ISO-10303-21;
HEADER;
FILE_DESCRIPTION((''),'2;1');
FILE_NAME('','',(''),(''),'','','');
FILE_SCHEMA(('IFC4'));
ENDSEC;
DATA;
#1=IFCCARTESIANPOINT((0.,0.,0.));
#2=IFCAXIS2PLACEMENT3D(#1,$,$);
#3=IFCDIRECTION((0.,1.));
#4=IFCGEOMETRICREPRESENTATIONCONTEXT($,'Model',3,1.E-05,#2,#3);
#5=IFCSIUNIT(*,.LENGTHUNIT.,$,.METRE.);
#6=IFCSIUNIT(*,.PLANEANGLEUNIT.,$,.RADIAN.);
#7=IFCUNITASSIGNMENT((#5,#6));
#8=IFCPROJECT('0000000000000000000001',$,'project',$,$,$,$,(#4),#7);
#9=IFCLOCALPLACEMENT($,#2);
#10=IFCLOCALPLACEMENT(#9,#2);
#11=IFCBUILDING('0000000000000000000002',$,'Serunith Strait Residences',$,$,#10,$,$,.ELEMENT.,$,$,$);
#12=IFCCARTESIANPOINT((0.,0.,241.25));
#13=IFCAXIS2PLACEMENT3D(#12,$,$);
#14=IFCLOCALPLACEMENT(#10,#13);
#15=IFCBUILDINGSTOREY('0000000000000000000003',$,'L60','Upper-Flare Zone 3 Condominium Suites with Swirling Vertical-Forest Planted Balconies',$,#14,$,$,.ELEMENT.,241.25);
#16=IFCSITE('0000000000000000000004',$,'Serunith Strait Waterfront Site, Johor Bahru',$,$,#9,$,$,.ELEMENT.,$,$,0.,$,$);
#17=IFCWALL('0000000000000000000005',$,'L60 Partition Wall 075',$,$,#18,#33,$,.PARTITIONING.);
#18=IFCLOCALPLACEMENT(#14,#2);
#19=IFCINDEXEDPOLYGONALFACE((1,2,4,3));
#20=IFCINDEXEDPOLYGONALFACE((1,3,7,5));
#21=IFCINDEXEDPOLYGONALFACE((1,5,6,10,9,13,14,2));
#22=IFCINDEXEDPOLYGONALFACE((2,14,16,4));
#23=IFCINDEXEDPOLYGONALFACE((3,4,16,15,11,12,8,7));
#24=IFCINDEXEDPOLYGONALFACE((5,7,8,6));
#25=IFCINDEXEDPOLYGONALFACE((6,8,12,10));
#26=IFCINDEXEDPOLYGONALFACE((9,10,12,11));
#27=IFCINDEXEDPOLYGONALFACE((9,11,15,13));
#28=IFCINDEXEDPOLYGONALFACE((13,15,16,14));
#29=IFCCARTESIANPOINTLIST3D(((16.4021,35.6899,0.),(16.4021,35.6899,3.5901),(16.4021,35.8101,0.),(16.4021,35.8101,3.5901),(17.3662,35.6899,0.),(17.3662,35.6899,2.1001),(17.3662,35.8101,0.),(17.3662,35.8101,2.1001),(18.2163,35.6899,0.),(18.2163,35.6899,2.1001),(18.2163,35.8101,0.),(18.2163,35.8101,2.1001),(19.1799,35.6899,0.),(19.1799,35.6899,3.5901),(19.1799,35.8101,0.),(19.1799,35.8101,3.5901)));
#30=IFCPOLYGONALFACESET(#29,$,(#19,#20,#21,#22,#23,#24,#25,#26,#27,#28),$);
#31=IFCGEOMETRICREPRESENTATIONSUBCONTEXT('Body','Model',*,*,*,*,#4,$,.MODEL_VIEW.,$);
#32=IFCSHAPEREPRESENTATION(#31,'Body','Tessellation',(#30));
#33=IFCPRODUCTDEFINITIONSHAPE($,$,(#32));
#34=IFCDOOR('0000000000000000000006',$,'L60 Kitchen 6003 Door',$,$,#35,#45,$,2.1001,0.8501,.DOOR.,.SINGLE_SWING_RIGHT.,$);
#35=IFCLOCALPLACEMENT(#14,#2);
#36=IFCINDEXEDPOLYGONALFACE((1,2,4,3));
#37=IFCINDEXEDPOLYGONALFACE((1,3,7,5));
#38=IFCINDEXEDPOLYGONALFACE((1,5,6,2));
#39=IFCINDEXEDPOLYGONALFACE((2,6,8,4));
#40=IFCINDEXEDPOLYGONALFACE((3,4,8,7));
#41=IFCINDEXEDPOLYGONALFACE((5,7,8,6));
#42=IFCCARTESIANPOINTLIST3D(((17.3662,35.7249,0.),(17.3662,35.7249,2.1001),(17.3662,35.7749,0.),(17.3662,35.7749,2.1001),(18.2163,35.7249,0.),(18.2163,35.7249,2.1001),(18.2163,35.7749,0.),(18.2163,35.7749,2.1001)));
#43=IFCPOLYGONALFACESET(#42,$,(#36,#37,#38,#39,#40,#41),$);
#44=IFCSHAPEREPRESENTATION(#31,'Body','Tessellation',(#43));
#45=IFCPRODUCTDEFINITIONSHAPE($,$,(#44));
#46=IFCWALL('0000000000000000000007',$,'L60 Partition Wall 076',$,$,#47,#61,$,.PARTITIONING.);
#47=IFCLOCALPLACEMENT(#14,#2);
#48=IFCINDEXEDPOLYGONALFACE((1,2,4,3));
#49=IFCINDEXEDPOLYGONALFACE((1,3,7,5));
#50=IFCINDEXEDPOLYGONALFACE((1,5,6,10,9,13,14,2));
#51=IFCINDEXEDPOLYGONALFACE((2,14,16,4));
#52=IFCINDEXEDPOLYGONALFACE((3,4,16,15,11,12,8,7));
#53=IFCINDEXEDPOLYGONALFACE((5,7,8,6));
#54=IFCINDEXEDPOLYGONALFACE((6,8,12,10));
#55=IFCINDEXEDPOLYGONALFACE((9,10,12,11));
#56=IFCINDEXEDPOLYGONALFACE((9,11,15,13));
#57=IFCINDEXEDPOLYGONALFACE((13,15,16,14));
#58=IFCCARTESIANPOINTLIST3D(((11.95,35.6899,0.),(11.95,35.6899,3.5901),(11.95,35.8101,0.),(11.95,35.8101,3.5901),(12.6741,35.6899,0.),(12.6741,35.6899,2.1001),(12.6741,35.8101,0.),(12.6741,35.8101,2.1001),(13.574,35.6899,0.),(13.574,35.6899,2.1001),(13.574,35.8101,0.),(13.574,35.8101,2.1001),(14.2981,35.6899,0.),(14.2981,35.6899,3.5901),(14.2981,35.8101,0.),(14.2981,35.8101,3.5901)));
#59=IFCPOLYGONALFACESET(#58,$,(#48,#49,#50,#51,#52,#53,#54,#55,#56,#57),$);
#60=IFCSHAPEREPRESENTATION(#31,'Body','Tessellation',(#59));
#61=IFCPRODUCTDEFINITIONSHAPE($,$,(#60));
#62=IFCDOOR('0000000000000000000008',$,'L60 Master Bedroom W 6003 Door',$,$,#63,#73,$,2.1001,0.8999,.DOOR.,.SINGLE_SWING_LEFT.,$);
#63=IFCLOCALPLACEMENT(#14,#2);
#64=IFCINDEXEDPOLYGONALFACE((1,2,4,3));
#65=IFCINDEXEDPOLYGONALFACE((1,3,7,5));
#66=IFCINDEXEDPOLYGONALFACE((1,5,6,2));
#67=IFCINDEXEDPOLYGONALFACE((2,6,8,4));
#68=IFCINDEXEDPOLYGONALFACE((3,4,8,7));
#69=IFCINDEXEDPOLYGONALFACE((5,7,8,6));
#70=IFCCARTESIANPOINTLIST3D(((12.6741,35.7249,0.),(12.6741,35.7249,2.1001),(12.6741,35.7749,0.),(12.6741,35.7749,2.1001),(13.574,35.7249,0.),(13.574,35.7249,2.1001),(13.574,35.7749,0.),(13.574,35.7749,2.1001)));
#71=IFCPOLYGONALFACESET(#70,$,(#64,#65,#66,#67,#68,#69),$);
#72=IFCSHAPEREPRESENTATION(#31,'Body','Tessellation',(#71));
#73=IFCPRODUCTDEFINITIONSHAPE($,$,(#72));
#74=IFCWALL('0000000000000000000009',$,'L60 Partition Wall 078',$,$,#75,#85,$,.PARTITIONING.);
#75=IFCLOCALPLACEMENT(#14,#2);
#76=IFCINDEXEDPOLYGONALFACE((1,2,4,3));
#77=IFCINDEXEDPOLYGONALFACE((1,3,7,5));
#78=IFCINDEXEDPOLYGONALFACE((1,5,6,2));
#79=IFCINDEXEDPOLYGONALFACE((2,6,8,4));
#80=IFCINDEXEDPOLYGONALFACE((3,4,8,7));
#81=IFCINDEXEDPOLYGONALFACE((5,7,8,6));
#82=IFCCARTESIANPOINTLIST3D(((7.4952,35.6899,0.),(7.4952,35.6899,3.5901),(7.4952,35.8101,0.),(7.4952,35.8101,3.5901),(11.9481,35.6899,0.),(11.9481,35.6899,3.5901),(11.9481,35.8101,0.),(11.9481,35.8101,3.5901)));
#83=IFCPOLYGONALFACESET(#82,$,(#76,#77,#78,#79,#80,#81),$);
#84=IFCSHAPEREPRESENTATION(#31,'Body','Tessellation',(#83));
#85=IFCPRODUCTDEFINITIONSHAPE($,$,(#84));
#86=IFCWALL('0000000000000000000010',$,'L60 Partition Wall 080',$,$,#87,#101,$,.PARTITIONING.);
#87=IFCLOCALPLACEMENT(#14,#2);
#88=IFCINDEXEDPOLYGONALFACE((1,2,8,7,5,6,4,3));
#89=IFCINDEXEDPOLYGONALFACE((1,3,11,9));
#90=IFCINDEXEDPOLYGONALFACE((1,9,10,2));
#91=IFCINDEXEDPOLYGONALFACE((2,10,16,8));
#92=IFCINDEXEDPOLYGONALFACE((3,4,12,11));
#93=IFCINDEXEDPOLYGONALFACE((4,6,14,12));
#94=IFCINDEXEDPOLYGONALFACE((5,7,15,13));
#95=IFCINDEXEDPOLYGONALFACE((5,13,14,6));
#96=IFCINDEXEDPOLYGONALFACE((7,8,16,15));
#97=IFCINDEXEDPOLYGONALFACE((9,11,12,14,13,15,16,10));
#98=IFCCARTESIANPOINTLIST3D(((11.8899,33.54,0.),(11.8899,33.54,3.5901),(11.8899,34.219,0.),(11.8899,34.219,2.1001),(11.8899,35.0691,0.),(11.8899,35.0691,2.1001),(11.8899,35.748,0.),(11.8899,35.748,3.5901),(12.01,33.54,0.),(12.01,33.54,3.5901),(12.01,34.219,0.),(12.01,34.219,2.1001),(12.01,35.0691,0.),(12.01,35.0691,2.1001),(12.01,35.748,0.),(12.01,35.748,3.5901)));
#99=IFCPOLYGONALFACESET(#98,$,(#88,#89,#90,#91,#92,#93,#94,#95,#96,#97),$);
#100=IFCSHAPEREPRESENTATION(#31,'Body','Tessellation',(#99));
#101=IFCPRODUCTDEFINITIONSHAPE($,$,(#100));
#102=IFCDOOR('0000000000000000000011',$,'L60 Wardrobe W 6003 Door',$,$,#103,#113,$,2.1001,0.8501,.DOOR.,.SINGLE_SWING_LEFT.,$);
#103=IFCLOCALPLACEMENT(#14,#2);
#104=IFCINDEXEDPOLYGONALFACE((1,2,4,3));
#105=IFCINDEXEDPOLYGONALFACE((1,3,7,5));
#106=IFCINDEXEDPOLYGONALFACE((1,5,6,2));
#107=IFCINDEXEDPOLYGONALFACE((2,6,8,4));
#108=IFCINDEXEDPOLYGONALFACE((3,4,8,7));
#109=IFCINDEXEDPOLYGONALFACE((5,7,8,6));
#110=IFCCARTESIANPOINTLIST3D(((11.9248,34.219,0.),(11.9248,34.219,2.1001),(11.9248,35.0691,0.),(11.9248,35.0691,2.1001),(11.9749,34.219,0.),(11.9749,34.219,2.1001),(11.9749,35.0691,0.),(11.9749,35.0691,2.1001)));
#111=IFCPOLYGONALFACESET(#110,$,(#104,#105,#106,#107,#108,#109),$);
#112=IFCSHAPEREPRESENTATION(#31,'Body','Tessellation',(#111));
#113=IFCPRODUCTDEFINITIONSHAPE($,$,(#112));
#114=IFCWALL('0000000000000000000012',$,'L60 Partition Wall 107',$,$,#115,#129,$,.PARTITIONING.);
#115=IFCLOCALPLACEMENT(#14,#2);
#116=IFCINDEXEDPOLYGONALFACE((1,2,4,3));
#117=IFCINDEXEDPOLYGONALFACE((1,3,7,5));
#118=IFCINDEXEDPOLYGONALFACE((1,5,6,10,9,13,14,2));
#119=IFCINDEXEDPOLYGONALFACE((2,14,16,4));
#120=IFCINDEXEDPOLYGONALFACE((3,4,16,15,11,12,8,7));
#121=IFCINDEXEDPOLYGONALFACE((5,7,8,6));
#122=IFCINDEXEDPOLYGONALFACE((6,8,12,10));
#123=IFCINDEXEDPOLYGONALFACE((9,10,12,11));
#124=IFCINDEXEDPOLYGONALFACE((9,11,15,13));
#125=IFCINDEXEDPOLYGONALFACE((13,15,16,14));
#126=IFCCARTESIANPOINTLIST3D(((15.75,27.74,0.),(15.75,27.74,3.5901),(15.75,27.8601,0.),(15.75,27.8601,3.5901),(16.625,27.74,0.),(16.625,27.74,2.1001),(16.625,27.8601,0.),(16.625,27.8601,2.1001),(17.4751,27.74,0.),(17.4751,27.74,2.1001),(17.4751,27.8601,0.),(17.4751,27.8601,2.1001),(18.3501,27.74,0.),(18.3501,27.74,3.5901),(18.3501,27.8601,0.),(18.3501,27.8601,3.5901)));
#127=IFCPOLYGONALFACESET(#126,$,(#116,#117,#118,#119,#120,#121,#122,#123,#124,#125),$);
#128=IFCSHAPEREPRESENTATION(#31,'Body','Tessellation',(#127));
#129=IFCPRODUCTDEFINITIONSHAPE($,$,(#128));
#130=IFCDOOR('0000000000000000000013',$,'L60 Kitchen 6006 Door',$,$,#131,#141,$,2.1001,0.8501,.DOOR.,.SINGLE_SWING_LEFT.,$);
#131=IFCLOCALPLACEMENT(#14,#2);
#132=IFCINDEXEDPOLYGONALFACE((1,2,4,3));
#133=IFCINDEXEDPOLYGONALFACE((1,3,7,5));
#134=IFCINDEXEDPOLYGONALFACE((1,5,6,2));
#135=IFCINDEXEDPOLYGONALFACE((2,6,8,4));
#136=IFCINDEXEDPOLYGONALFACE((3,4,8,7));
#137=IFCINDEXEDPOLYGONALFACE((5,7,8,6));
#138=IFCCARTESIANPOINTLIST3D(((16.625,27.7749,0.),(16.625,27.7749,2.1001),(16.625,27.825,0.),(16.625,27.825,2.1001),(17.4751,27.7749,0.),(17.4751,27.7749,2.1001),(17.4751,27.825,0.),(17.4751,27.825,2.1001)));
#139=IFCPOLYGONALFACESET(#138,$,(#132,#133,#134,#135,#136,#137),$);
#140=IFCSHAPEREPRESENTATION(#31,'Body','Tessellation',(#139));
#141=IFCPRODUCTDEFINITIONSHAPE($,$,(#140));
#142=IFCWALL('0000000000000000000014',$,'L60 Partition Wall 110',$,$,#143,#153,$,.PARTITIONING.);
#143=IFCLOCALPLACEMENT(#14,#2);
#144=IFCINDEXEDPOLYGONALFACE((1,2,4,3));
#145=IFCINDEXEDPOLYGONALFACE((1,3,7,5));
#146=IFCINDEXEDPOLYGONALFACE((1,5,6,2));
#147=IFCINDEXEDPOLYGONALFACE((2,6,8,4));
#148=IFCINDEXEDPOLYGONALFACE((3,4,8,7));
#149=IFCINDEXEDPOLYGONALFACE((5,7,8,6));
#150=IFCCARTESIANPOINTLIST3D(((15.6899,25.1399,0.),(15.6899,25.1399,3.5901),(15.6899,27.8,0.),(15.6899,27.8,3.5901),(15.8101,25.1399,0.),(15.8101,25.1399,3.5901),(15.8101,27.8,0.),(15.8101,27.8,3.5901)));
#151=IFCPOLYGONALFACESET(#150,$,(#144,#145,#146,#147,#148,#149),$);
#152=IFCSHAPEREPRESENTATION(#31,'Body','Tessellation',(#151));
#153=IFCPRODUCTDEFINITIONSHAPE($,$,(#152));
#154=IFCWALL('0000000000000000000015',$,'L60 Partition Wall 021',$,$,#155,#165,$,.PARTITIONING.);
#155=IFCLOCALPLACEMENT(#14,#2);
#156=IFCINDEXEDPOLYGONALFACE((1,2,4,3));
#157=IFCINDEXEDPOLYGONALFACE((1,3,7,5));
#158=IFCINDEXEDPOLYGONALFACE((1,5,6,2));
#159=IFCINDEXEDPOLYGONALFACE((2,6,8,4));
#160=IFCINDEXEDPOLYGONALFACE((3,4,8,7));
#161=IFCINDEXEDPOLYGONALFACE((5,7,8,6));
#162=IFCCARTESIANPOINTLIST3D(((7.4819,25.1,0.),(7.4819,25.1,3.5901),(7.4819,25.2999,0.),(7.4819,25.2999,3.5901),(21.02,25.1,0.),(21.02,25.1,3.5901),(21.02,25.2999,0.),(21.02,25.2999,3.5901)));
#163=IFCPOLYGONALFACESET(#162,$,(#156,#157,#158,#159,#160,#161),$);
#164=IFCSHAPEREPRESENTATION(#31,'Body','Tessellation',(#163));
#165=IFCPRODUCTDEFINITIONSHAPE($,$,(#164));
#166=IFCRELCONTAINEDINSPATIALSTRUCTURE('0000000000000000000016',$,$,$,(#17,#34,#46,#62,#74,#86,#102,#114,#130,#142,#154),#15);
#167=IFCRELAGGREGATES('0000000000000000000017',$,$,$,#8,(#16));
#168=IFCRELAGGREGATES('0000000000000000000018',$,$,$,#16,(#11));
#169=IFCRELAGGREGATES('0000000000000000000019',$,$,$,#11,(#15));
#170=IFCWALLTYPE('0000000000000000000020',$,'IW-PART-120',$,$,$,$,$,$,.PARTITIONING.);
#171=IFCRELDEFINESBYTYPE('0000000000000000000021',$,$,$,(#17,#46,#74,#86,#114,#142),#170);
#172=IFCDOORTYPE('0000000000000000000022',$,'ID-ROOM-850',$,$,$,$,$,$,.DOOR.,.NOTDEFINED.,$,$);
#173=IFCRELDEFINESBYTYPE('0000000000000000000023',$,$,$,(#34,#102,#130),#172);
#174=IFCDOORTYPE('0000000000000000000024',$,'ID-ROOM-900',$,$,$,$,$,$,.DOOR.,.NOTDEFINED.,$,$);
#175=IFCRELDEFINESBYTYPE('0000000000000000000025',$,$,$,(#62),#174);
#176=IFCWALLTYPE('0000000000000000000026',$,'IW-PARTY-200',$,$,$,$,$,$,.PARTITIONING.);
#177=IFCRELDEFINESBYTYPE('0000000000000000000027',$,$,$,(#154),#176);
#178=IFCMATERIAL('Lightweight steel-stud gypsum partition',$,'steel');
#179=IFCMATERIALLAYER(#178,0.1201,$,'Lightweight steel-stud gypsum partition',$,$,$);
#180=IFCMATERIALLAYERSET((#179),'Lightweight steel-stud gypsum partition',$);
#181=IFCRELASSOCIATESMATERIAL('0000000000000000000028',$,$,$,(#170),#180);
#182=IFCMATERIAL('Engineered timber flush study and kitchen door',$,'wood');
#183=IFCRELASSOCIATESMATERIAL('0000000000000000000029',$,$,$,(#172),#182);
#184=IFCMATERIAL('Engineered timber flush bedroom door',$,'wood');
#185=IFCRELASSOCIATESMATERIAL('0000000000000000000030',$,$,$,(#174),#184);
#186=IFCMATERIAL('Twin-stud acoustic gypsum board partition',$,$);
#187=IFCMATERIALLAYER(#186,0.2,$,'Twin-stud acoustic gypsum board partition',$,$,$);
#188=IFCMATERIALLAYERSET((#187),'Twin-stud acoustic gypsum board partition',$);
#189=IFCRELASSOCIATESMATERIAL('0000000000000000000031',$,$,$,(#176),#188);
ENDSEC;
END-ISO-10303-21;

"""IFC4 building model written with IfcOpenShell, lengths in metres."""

from ifc_helpers import new_model, si_unit, direction, frame, frame_2d, origin, place, context, subcontext, project, spatial, rectangle, extrude, source, transform, mapped, material, layer, layer_set, type_object, element, fill, save


model = new_model("IFC4")

# Units and contexts
model_context = context("Model", 3, precision=1e-05, world=origin(), true_north=direction((0.0, 1.0)))
body_context = subcontext(model_context, "Body", "Model", "MODEL_VIEW")
ifc_project = project(units=[si_unit("LENGTHUNIT", "METRE"), si_unit("PLANEANGLEUNIT", "RADIAN")], contexts=[model_context])

# Site, building, storey
site_placement = place(None, origin())
site = spatial("IfcSite", under=ifc_project, at=site_placement, Name="Serunith Strait Waterfront Site, Johor Bahru", CompositionType="ELEMENT", RefElevation=0.0)
building_placement = place(site_placement, origin())
building = spatial("IfcBuilding", under=site, at=building_placement, Name="Serunith Strait Residences", CompositionType="ELEMENT")
storey_placement = place(building_placement, frame((0.0, 0.0, 241.25)))
storey = spatial("IfcBuildingStorey", under=building, at=storey_placement, Name="L60", Description="Upper-Flare Zone 3 Condominium Suites with Swirling Vertical-Forest Planted Balconies", CompositionType="ELEMENT", Elevation=241.25)

# Walls, openings, doors
ifc_material_1 = material(Name="Lightweight steel-stud gypsum partition", Category="steel")
ifc_layer_1 = layer(ifc_material_1, 0.1201, Name="Lightweight steel-stud gypsum partition")
ifc_layer_set_1 = layer_set([ifc_layer_1], Name="Lightweight steel-stud gypsum partition")
wall_type_1 = type_object("IfcWallType", Name="IW-PART-120", PredefinedType="PARTITIONING", material=ifc_layer_set_1)
shared_shape_1 = source(origin(), body_context, "Body", "SweptSolid", [
    extrude(rectangle(XDim=0.8501, YDim=2.1001, at=frame_2d((0.425, 1.05))), frame((0.0, 0.0249, 0.0), z_axis=(0.0, -1.0, 0.0), x_axis=(1.0, 0.0, 0.0)), (0.0, 0.0, 1.0), 0.05),
])
wall_1_placement = place(storey_placement, frame((16.4021, 35.75, 0.0), z_axis=(0.0, 0.0, 1.0), x_axis=(1.0, 0.0, 0.0)))
wall_1 = element("IfcWall", 1, at=wall_1_placement, inside=storey, type_object=wall_type_1, Name="L60 Partition Wall 075", PredefinedType="PARTITIONING", context=body_context, shape_type="SweptSolid", body=[
    extrude(rectangle(XDim=2.7778, YDim=0.1201, at=frame_2d((1.3889, 0.0))), origin(), (0.0, 0.0, 1.0), 3.5901),
])
opening_1_placement = place(wall_1_placement, frame((0.9641, 0.0, 0.0)))
opening_1 = element("IfcOpeningElement", 2, at=opening_1_placement, cuts=wall_1, PredefinedType="OPENING", context=body_context, shape_type="SweptSolid", body=[
    extrude(rectangle(XDim=0.8501, YDim=2.1001, at=frame_2d((0.425, 1.05))), frame((0.0, 0.0701, 0.0), z_axis=(0.0, -1.0, 0.0), x_axis=(1.0, 0.0, 0.0)), (0.0, 0.0, 1.0), 0.1401),
])
ifc_material_2 = material(Name="Engineered timber flush study and kitchen door", Category="wood")
door_type_1 = type_object("IfcDoorType", Name="ID-ROOM-850", OperationType="NOTDEFINED", PredefinedType="DOOR", material=ifc_material_2)
door_1_placement = place(opening_1_placement, origin())
door_1 = element("IfcDoor", 3, at=door_1_placement, inside=storey, type_object=door_type_1, Name="L60 Kitchen 6003 Door", OperationType="SINGLE_SWING_RIGHT", OverallHeight=2.1001, OverallWidth=0.8501, PredefinedType="DOOR", context=body_context, shape_type="MappedRepresentation", body=[
    mapped(shared_shape_1, transform((0.0, 0.0, 0.0), scale=1.0)),
])
fill(opening_1, door_1)
wall_2_placement = place(storey_placement, frame((11.95, 35.75, 0.0), z_axis=(0.0, 0.0, 1.0), x_axis=(1.0, 0.0, 0.0)))
wall_2 = element("IfcWall", 4, at=wall_2_placement, inside=storey, type_object=wall_type_1, Name="L60 Partition Wall 076", PredefinedType="PARTITIONING", context=body_context, shape_type="SweptSolid", body=[
    extrude(rectangle(XDim=2.3481, YDim=0.1201, at=frame_2d((1.1741, 0.0))), origin(), (0.0, 0.0, 1.0), 3.5901),
])
opening_2_placement = place(wall_2_placement, frame((0.7241, 0.0, 0.0)))
opening_2 = element("IfcOpeningElement", 5, at=opening_2_placement, cuts=wall_2, PredefinedType="OPENING", context=body_context, shape_type="SweptSolid", body=[
    extrude(rectangle(XDim=0.8999, YDim=2.1001, at=frame_2d((0.45, 1.05))), frame((0.0, 0.0701, 0.0), z_axis=(0.0, -1.0, 0.0), x_axis=(1.0, 0.0, 0.0)), (0.0, 0.0, 1.0), 0.1401),
])
ifc_material_3 = material(Name="Engineered timber flush bedroom door", Category="wood")
door_type_2 = type_object("IfcDoorType", Name="ID-ROOM-900", OperationType="NOTDEFINED", PredefinedType="DOOR", material=ifc_material_3)
shared_shape_2 = source(origin(), body_context, "Body", "SweptSolid", [
    extrude(rectangle(XDim=0.8999, YDim=2.1001, at=frame_2d((0.45, 1.05))), frame((0.0, 0.0249, 0.0), z_axis=(0.0, -1.0, 0.0), x_axis=(1.0, 0.0, 0.0)), (0.0, 0.0, 1.0), 0.05),
])
door_2_placement = place(opening_2_placement, origin())
door_2 = element("IfcDoor", 6, at=door_2_placement, inside=storey, type_object=door_type_2, Name="L60 Master Bedroom W 6003 Door", OperationType="SINGLE_SWING_LEFT", OverallHeight=2.1001, OverallWidth=0.8999, PredefinedType="DOOR", context=body_context, shape_type="MappedRepresentation", body=[
    mapped(shared_shape_2, transform((0.0, 0.0, 0.0), scale=1.0)),
])
fill(opening_2, door_2)

# Wall
wall_3_placement = place(storey_placement, frame((7.4951, 35.75, 0.0), z_axis=(0.0, 0.0, 1.0), x_axis=(1.0, 0.0, 0.0)))
element("IfcWall", 7, at=wall_3_placement, inside=storey, type_object=wall_type_1, Name="L60 Partition Wall 078", PredefinedType="PARTITIONING", context=body_context, shape_type="SweptSolid", body=[
    extrude(rectangle(XDim=4.4529, YDim=0.1201, at=frame_2d((2.2266, 0.0))), origin(), (0.0, 0.0, 1.0), 3.5901),
])

# Walls, openings, doors
wall_4_placement = place(storey_placement, frame((11.95, 35.748, 0.0), z_axis=(0.0, 0.0, 1.0), x_axis=(0.0, -1.0, 0.0)))
wall_4 = element("IfcWall", 8, at=wall_4_placement, inside=storey, type_object=wall_type_1, Name="L60 Partition Wall 080", PredefinedType="PARTITIONING", context=body_context, shape_type="SweptSolid", body=[
    extrude(rectangle(XDim=2.208, YDim=0.1201, at=frame_2d((1.104, 0.0))), origin(), (0.0, 0.0, 1.0), 3.5901),
])
opening_3_placement = place(wall_4_placement, frame((0.679, 0.0, 0.0)))
opening_3 = element("IfcOpeningElement", 9, at=opening_3_placement, cuts=wall_4, PredefinedType="OPENING", context=body_context, shape_type="SweptSolid", body=[
    extrude(rectangle(XDim=0.8501, YDim=2.1001, at=frame_2d((0.425, 1.05))), frame((0.0, 0.0701, 0.0), z_axis=(0.0, -1.0, 0.0), x_axis=(1.0, 0.0, 0.0)), (0.0, 0.0, 1.0), 0.1401),
])
door_3_placement = place(opening_3_placement, origin())
door_3 = element("IfcDoor", 10, at=door_3_placement, inside=storey, type_object=door_type_1, Name="L60 Wardrobe W 6003 Door", OperationType="SINGLE_SWING_LEFT", OverallHeight=2.1001, OverallWidth=0.8501, PredefinedType="DOOR", context=body_context, shape_type="MappedRepresentation", body=[
    mapped(shared_shape_1, transform((0.0, 0.0, 0.0), scale=1.0)),
])
fill(opening_3, door_3)
wall_5_placement = place(storey_placement, frame((15.75, 27.8, 0.0), z_axis=(0.0, 0.0, 1.0), x_axis=(1.0, 0.0, 0.0)))
wall_5 = element("IfcWall", 11, at=wall_5_placement, inside=storey, type_object=wall_type_1, Name="L60 Partition Wall 107", PredefinedType="PARTITIONING", context=body_context, shape_type="SweptSolid", body=[
    extrude(rectangle(XDim=2.6001, YDim=0.1201, at=frame_2d((1.3, 0.0))), origin(), (0.0, 0.0, 1.0), 3.5901),
])
opening_4_placement = place(wall_5_placement, frame((0.875, 0.0, 0.0)))
opening_4 = element("IfcOpeningElement", 12, at=opening_4_placement, cuts=wall_5, PredefinedType="OPENING", context=body_context, shape_type="SweptSolid", body=[
    extrude(rectangle(XDim=0.8501, YDim=2.1001, at=frame_2d((0.425, 1.05))), frame((0.0, 0.0701, 0.0), z_axis=(0.0, -1.0, 0.0), x_axis=(1.0, 0.0, 0.0)), (0.0, 0.0, 1.0), 0.1401),
])
door_4_placement = place(opening_4_placement, origin())
door_4 = element("IfcDoor", 13, at=door_4_placement, inside=storey, type_object=door_type_1, Name="L60 Kitchen 6006 Door", OperationType="SINGLE_SWING_LEFT", OverallHeight=2.1001, OverallWidth=0.8501, PredefinedType="DOOR", context=body_context, shape_type="MappedRepresentation", body=[
    mapped(shared_shape_1, transform((0.0, 0.0, 0.0), scale=1.0)),
])
fill(opening_4, door_4)

# Walls
wall_6_placement = place(storey_placement, frame((15.75, 25.1399, 0.0), z_axis=(0.0, 0.0, 1.0), x_axis=(0.0, 1.0, 0.0)))
element("IfcWall", 14, at=wall_6_placement, inside=storey, type_object=wall_type_1, Name="L60 Partition Wall 110", PredefinedType="PARTITIONING", context=body_context, shape_type="SweptSolid", body=[
    extrude(rectangle(XDim=2.6602, YDim=0.1201, at=frame_2d((1.3301, 0.0))), origin(), (0.0, 0.0, 1.0), 3.5901),
])
ifc_material_4 = material(Name="Twin-stud acoustic gypsum board partition")
ifc_layer_2 = layer(ifc_material_4, 0.2, Name="Twin-stud acoustic gypsum board partition")
ifc_layer_set_2 = layer_set([ifc_layer_2], Name="Twin-stud acoustic gypsum board partition")
wall_type_2 = type_object("IfcWallType", Name="IW-PARTY-200", PredefinedType="PARTITIONING", material=ifc_layer_set_2)
wall_7_placement = place(storey_placement, frame((7.4819, 25.2, 0.0), z_axis=(0.0, 0.0, 1.0), x_axis=(1.0, 0.0, 0.0)))
element("IfcWall", 15, at=wall_7_placement, inside=storey, type_object=wall_type_2, Name="L60 Partition Wall 021", PredefinedType="PARTITIONING", context=body_context, shape_type="SweptSolid", body=[
    extrude(rectangle(XDim=13.5381, YDim=0.2, at=frame_2d((6.769, 0.0))), origin(), (0.0, 0.0, 1.0), 3.5901),
])

save(model, "model.ifc")
